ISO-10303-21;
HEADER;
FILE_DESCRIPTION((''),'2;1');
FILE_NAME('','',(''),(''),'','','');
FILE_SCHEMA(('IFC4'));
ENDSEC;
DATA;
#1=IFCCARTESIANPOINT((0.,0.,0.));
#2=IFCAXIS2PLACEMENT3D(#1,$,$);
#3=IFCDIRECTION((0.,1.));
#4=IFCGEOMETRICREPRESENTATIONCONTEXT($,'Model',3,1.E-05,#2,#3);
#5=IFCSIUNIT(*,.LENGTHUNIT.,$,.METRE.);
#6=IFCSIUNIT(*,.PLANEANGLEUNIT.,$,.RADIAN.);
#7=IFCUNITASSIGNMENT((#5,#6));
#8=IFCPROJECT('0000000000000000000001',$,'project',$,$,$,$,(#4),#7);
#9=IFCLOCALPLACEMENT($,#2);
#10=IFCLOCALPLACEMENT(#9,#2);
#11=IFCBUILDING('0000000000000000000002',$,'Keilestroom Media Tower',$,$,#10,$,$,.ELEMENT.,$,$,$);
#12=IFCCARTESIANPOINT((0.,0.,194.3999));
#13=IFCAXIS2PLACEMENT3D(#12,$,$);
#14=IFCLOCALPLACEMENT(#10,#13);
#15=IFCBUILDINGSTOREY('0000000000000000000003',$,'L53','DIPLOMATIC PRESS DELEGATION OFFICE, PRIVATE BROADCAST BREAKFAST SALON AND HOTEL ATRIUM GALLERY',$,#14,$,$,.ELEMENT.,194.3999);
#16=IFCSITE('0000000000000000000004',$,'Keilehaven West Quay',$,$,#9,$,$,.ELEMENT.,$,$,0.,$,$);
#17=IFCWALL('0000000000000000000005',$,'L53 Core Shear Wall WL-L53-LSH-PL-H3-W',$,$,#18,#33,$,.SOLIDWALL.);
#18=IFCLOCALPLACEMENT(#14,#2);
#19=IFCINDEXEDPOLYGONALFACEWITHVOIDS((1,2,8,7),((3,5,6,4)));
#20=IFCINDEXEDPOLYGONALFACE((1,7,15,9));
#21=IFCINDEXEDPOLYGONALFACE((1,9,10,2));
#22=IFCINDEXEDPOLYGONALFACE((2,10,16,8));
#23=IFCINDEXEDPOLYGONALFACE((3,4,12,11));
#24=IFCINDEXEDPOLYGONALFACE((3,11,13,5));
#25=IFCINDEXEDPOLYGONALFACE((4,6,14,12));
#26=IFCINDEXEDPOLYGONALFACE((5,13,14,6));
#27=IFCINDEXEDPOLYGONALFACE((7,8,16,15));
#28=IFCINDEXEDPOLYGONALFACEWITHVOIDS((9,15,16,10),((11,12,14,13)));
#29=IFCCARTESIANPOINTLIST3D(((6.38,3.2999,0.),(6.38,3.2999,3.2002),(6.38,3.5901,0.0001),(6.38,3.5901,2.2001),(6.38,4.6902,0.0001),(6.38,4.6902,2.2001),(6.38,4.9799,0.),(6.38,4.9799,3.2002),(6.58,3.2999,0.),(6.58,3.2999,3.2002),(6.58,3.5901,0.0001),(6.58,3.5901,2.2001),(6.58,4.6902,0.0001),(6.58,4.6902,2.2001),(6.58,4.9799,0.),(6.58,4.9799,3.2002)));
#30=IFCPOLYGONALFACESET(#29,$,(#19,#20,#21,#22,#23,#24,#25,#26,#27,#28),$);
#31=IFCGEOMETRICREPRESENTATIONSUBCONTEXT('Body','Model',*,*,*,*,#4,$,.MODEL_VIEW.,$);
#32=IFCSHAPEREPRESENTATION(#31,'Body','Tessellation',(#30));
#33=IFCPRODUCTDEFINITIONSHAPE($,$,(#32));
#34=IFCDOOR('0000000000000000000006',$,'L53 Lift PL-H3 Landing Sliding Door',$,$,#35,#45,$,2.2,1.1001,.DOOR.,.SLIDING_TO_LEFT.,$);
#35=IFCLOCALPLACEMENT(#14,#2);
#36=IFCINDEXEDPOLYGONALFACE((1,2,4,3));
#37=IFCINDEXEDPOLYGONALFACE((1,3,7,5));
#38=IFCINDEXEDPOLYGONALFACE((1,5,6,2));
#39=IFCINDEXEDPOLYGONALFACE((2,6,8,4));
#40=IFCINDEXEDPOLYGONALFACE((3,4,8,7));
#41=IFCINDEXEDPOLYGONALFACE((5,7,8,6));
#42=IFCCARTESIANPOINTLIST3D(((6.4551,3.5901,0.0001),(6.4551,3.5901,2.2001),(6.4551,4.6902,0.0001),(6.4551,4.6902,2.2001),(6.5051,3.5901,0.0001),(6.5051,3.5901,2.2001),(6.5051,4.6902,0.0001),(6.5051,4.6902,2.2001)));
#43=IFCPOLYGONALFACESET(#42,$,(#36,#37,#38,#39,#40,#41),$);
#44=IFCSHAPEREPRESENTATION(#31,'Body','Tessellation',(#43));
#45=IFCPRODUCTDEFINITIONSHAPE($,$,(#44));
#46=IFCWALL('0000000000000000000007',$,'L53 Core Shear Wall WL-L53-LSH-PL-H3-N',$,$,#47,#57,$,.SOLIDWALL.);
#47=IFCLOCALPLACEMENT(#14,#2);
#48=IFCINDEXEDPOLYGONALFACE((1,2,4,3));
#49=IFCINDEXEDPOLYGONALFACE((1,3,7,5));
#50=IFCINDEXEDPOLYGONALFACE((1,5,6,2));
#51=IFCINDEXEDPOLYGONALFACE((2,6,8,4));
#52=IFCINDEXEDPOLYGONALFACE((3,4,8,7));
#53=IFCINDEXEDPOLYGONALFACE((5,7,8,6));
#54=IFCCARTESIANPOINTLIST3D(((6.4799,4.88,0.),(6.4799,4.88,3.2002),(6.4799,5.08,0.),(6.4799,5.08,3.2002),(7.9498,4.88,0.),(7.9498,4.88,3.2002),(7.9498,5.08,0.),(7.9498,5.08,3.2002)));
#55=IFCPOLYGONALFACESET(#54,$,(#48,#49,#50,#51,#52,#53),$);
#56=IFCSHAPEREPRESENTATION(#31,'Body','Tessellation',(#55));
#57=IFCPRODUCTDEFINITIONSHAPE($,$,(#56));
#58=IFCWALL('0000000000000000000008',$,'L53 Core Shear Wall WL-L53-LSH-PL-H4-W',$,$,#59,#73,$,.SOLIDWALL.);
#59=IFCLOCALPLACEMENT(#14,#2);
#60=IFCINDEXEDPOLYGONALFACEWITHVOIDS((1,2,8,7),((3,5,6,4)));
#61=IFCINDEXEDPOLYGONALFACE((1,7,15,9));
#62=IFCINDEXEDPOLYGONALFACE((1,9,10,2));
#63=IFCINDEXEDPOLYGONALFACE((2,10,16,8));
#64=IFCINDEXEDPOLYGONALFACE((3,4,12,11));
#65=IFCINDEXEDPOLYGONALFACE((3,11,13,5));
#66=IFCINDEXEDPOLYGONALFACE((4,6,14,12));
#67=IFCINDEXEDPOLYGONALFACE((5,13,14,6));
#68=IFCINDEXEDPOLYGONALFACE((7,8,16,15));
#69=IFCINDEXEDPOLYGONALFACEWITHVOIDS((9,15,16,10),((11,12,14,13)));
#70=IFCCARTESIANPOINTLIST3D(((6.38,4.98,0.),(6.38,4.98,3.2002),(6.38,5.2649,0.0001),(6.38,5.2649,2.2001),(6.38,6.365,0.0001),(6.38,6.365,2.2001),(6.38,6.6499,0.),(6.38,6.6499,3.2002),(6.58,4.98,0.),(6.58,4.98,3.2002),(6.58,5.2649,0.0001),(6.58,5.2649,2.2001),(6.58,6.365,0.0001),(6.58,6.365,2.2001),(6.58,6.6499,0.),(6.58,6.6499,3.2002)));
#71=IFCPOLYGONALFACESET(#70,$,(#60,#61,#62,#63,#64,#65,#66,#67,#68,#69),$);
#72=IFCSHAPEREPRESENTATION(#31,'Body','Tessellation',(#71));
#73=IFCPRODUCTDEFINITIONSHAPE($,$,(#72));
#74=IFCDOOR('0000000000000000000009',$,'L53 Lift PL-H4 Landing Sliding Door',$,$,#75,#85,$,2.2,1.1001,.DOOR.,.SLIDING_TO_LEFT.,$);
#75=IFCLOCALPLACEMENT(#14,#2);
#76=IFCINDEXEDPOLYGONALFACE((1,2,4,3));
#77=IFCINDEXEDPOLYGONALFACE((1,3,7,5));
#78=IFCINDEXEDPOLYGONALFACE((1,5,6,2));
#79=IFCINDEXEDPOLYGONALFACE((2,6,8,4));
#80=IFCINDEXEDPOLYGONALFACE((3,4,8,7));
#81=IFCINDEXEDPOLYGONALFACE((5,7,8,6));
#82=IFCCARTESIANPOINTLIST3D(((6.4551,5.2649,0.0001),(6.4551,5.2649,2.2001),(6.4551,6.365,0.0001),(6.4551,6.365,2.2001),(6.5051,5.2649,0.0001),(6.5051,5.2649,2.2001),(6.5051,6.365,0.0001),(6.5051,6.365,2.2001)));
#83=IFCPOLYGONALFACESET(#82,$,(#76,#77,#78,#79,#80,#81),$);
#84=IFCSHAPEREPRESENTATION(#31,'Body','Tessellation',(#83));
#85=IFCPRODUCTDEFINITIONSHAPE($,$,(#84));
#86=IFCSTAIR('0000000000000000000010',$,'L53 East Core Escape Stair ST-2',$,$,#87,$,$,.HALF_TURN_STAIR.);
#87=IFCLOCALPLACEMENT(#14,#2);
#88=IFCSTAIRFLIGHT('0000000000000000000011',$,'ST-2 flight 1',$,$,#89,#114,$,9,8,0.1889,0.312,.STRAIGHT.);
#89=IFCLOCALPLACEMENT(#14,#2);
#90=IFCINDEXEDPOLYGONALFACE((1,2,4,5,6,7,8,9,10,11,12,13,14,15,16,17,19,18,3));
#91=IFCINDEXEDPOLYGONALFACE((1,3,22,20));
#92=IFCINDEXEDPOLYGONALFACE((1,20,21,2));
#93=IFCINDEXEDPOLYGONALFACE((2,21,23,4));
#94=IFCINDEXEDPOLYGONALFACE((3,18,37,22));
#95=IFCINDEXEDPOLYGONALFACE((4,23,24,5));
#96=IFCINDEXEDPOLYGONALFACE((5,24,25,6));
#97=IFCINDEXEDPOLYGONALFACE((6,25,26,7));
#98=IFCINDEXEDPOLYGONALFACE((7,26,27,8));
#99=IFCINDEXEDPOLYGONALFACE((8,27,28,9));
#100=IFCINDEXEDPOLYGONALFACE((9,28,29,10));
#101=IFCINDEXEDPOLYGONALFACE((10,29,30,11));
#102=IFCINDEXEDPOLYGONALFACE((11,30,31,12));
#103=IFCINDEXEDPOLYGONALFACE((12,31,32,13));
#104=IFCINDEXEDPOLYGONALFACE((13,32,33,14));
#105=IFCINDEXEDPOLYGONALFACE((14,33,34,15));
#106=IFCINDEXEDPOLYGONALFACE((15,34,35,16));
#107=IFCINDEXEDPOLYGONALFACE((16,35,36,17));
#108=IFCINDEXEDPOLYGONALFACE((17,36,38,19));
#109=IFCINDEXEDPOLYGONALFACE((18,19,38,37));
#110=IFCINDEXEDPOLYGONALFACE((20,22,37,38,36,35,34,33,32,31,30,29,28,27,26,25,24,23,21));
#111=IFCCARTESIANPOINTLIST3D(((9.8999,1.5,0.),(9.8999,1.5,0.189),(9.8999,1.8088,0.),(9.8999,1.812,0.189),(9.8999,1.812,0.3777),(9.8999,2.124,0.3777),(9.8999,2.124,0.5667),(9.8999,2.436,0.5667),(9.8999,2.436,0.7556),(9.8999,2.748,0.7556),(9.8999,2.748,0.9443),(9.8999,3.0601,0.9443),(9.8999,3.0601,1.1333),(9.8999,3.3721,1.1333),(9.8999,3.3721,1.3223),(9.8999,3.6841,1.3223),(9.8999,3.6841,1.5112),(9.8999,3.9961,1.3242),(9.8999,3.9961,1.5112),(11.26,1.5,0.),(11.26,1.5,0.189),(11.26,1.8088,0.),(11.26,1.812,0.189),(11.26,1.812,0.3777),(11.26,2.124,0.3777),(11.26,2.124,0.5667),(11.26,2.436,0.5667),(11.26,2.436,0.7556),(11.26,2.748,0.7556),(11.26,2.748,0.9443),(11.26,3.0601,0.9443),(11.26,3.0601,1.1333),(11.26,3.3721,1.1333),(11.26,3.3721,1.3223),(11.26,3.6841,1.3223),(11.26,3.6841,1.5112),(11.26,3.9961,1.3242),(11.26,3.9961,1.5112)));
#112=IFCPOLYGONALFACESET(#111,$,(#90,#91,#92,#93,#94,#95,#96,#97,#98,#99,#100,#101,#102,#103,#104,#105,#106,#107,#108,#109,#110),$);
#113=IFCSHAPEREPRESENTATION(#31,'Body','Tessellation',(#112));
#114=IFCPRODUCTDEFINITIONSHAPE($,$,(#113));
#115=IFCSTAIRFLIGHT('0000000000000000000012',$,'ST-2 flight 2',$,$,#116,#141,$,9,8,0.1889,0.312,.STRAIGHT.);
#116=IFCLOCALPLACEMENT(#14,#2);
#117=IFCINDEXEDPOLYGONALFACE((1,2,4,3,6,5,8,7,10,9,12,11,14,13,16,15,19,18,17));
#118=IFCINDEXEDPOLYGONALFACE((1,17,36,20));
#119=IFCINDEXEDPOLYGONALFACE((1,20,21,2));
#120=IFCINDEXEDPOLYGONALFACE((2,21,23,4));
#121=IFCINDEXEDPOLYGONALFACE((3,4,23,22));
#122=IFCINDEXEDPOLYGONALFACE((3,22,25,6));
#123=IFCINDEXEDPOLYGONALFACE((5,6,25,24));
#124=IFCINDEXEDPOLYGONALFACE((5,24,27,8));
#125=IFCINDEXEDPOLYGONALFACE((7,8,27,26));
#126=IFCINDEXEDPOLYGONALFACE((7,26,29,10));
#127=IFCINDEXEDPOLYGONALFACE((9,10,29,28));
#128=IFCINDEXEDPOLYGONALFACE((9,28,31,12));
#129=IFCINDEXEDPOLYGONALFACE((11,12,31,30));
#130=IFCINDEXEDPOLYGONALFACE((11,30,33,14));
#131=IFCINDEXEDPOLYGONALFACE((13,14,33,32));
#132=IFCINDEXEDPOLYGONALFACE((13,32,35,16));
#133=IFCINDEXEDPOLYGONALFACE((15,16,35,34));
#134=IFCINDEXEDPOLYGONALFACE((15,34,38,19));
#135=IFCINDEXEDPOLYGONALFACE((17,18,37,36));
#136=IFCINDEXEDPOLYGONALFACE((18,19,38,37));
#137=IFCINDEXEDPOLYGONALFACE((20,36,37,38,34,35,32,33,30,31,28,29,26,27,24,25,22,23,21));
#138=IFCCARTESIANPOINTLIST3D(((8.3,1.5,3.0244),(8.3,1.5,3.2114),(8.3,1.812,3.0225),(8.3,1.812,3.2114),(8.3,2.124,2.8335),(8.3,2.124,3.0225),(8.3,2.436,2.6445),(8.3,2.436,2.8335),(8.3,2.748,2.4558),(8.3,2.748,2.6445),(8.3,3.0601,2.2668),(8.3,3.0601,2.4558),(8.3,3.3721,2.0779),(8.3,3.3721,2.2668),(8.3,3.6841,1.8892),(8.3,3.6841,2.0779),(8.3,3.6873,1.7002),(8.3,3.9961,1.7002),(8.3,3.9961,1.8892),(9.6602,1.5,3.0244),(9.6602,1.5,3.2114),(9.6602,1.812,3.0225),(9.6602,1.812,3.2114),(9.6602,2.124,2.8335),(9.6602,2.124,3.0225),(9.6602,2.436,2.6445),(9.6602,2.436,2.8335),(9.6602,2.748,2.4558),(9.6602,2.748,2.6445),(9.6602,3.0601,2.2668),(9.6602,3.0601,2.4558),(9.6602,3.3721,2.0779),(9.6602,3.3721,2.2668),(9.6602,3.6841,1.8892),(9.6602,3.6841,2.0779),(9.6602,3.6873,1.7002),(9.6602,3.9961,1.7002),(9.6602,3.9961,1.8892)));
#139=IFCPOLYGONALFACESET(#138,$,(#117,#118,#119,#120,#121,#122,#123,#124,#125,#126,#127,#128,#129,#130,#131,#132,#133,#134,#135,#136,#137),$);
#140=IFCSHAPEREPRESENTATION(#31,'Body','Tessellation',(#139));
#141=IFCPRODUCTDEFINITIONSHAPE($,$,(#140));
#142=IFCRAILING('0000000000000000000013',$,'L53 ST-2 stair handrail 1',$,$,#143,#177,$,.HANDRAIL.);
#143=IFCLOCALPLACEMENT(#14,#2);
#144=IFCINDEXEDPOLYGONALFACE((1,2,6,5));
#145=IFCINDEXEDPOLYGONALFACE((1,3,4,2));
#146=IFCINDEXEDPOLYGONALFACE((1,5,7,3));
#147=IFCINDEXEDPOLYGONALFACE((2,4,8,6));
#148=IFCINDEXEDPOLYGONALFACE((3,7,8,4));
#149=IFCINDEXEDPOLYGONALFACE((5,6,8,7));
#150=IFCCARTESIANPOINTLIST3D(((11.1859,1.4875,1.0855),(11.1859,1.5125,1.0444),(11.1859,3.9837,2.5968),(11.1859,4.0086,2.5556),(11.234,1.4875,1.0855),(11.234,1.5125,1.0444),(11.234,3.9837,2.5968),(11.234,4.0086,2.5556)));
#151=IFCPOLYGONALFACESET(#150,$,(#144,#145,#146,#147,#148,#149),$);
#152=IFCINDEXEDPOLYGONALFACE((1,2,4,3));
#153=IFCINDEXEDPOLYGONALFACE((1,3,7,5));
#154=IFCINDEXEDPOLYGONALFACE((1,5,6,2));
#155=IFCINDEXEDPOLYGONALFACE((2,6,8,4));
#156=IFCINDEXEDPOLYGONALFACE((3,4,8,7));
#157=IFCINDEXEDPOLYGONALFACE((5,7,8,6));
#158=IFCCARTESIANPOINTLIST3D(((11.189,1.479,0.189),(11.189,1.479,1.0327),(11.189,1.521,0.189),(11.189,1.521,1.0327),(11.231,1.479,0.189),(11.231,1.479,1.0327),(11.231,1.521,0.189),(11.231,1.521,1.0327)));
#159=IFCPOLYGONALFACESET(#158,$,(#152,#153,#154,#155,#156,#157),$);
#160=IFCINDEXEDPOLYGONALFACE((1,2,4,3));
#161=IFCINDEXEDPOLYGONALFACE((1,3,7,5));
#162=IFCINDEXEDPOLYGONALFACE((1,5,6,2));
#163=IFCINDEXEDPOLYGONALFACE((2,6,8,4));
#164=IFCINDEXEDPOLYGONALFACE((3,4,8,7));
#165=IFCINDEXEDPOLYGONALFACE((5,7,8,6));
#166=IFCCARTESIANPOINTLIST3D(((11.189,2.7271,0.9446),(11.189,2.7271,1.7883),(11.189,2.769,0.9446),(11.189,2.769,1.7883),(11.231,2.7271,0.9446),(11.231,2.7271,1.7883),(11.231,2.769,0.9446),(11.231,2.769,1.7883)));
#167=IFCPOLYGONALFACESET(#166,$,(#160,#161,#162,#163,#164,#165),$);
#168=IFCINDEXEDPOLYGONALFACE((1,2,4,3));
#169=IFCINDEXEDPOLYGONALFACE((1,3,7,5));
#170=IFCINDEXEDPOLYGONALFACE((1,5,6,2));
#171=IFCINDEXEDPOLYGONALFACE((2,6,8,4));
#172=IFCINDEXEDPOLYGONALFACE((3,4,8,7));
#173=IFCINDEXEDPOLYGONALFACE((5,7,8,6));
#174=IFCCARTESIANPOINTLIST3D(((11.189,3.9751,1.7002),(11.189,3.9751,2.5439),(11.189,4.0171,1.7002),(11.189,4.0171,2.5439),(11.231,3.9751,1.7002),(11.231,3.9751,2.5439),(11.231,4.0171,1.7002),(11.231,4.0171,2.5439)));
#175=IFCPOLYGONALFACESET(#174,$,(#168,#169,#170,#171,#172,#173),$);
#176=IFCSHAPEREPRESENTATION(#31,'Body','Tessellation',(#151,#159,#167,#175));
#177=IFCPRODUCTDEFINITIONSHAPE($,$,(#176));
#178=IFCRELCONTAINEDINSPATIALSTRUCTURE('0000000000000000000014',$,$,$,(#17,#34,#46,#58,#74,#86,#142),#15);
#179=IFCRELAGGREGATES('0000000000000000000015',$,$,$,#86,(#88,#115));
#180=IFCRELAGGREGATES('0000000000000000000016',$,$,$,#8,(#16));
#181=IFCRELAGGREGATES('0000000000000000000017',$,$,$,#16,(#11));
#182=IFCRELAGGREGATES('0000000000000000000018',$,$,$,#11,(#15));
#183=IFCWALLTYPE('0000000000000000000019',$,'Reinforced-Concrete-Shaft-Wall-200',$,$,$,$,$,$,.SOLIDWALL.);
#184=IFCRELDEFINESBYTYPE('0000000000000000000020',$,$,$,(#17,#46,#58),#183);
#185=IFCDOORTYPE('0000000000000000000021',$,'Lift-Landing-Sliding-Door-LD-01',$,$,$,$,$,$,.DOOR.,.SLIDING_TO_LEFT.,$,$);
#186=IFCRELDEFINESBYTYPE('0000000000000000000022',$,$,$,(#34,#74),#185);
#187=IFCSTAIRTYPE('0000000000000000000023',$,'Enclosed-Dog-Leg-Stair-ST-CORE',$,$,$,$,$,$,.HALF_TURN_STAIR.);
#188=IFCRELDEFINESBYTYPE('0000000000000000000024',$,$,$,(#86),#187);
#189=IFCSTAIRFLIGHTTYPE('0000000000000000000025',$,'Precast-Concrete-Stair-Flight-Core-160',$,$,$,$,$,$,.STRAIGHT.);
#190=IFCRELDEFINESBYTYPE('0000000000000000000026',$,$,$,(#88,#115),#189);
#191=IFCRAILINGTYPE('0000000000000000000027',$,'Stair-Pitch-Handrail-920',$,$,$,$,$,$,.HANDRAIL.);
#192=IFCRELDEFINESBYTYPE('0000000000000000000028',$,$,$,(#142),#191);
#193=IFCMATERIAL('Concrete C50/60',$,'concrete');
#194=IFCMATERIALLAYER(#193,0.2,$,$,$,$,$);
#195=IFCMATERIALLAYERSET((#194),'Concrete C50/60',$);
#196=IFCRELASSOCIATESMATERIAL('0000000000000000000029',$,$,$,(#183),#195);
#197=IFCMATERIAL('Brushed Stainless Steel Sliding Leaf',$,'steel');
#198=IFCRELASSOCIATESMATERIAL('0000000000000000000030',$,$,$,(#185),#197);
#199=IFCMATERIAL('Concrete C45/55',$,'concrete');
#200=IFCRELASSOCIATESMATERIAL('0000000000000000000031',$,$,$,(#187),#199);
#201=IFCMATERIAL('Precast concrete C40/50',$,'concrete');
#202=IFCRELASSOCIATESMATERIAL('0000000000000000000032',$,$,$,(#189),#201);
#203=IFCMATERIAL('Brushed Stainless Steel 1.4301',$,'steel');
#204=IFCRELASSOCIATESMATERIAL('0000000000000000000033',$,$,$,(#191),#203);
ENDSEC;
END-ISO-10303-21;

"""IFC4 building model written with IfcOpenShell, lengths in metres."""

from ifc_helpers import new_model, si_unit, direction, frame, frame_2d, origin, origin_2d, place, context, subcontext, project, spatial, polyline, rectangle, outline, extrude, source, transform, mapped, material, layer, layer_set, type_object, element, fill, aggregate, save


model = new_model("IFC4")

# Units and contexts
model_context = context("Model", 3, precision=1e-05, world=origin(), true_north=direction((0.0, 1.0)))
body_context = subcontext(model_context, "Body", "Model", "MODEL_VIEW")
ifc_project = project(units=[si_unit("LENGTHUNIT", "METRE"), si_unit("PLANEANGLEUNIT", "RADIAN")], contexts=[model_context])

# Site, building, storey
site_placement = place(None, origin())
site = spatial("IfcSite", under=ifc_project, at=site_placement, Name="Keilehaven West Quay", CompositionType="ELEMENT", RefElevation=0.0)
building_placement = place(site_placement, origin())
building = spatial("IfcBuilding", under=site, at=building_placement, Name="Keilestroom Media Tower", CompositionType="ELEMENT")
storey_placement = place(building_placement, frame((0.0, 0.0, 194.3999)))
storey = spatial("IfcBuildingStorey", under=building, at=storey_placement, Name="L53", Description="DIPLOMATIC PRESS DELEGATION OFFICE, PRIVATE BROADCAST BREAKFAST SALON AND HOTEL ATRIUM GALLERY", CompositionType="ELEMENT", Elevation=194.3999)

# Shared definitions
ifc_material_1 = material(Name="Concrete C50/60", Category="concrete")
ifc_layer_1 = layer(ifc_material_1, 0.2)
ifc_layer_set_1 = layer_set([ifc_layer_1], Name="Concrete C50/60")
wall_type_1 = type_object("IfcWallType", Name="Reinforced-Concrete-Shaft-Wall-200", PredefinedType="SOLIDWALL", material=ifc_layer_set_1)

# Wall, opening, door
wall_1_placement = place(storey_placement, frame((6.48, 3.3, 0.0), z_axis=(0.0, 0.0, 1.0), x_axis=(0.0, 1.0, 0.0)))
wall_1 = element("IfcWall", 1, at=wall_1_placement, inside=storey, type_object=wall_type_1, Name="L53 Core Shear Wall WL-L53-LSH-PL-H3-W", PredefinedType="SOLIDWALL", context=body_context, shape_type="SweptSolid", body=[
    extrude(rectangle(XDim=1.6799, YDim=0.2, at=frame_2d((0.8398, 0.0))), origin(), (0.0, 0.0, 1.0), 3.2002),
])
opening_1_placement = place(wall_1_placement, frame((0.29, 0.0, 0.0)))
opening_1 = element("IfcOpeningElement", 2, at=opening_1_placement, cuts=wall_1, PredefinedType="OPENING", context=body_context, shape_type="SweptSolid", body=[
    extrude(rectangle(XDim=1.1001, YDim=2.2, at=frame_2d((0.55, 1.1001))), frame((0.0, 0.1099, 0.0), z_axis=(0.0, -1.0, 0.0), x_axis=(1.0, 0.0, 0.0)), (0.0, 0.0, 1.0), 0.22),
])
ifc_material_2 = material(Name="Brushed Stainless Steel Sliding Leaf", Category="steel")
door_type_1 = type_object("IfcDoorType", Name="Lift-Landing-Sliding-Door-LD-01", OperationType="SLIDING_TO_LEFT", PredefinedType="DOOR", material=ifc_material_2)
shared_shape_1 = source(origin(), body_context, "Body", "SweptSolid", [
    extrude(rectangle(XDim=1.1001, YDim=2.2, at=frame_2d((0.55, 1.1001))), frame((0.0, 0.0249, 0.0), z_axis=(0.0, -1.0, 0.0), x_axis=(1.0, 0.0, 0.0)), (0.0, 0.0, 1.0), 0.05),
])
door_1_placement = place(opening_1_placement, origin())
door_1 = element("IfcDoor", 3, at=door_1_placement, inside=storey, type_object=door_type_1, Name="L53 Lift PL-H3 Landing Sliding Door", OperationType="SLIDING_TO_LEFT", OverallHeight=2.2, OverallWidth=1.1001, PredefinedType="DOOR", context=body_context, shape_type="MappedRepresentation", body=[
    mapped(shared_shape_1, transform((0.0, 0.0, 0.0), x_axis=(1.0, 0.0, 0.0), y_axis=(0.0, 1.0, 0.0), z_axis=(0.0, 0.0, 1.0), scale=1.0)),
])
fill(opening_1, door_1)

# Wall
wall_2_placement = place(storey_placement, frame((6.48, 4.98, 0.0), z_axis=(0.0, 0.0, 1.0), x_axis=(1.0, 0.0, 0.0)))
element("IfcWall", 4, at=wall_2_placement, inside=storey, type_object=wall_type_1, Name="L53 Core Shear Wall WL-L53-LSH-PL-H3-N", PredefinedType="SOLIDWALL", context=body_context, shape_type="SweptSolid", body=[
    extrude(rectangle(XDim=1.47, YDim=0.2, at=frame_2d((0.7349, 0.0))), origin(), (0.0, 0.0, 1.0), 3.2002),
])

# Wall, opening, door
wall_3_placement = place(storey_placement, frame((6.48, 4.98, 0.0), z_axis=(0.0, 0.0, 1.0), x_axis=(0.0, 1.0, 0.0)))
wall_3 = element("IfcWall", 5, at=wall_3_placement, inside=storey, type_object=wall_type_1, Name="L53 Core Shear Wall WL-L53-LSH-PL-H4-W", PredefinedType="SOLIDWALL", context=body_context, shape_type="SweptSolid", body=[
    extrude(rectangle(XDim=1.6699, YDim=0.2, at=frame_2d((0.835, 0.0))), origin(), (0.0, 0.0, 1.0), 3.2002),
])
opening_2_placement = place(wall_3_placement, frame((0.2849, 0.0, 0.0)))
opening_2 = element("IfcOpeningElement", 6, at=opening_2_placement, cuts=wall_3, PredefinedType="OPENING", context=body_context, shape_type="SweptSolid", body=[
    extrude(rectangle(XDim=1.1001, YDim=2.2, at=frame_2d((0.55, 1.1001))), frame((0.0, 0.1099, 0.0), z_axis=(0.0, -1.0, 0.0), x_axis=(1.0, 0.0, 0.0)), (0.0, 0.0, 1.0), 0.22),
])
door_2_placement = place(opening_2_placement, origin())
door_2 = element("IfcDoor", 7, at=door_2_placement, inside=storey, type_object=door_type_1, Name="L53 Lift PL-H4 Landing Sliding Door", OperationType="SLIDING_TO_LEFT", OverallHeight=2.2, OverallWidth=1.1001, PredefinedType="DOOR", context=body_context, shape_type="MappedRepresentation", body=[
    mapped(shared_shape_1, transform((0.0, 0.0, 0.0), x_axis=(1.0, 0.0, 0.0), y_axis=(0.0, 1.0, 0.0), z_axis=(0.0, 0.0, 1.0), scale=1.0)),
])
fill(opening_2, door_2)

# Stair, stair flights
ifc_material_3 = material(Name="Concrete C45/55", Category="concrete")
stair_type = type_object("IfcStairType", Name="Enclosed-Dog-Leg-Stair-ST-CORE", PredefinedType="HALF_TURN_STAIR", material=ifc_material_3)
stair_placement = place(storey_placement, origin())
stair = element("IfcStair", 8, at=stair_placement, inside=storey, type_object=stair_type, Name="L53 East Core Escape Stair ST-2", PredefinedType="HALF_TURN_STAIR")
ifc_material_4 = material(Name="Precast concrete C40/50", Category="concrete")
stair_flight_type = type_object("IfcStairFlightType", Name="Precast-Concrete-Stair-Flight-Core-160", PredefinedType="STRAIGHT", material=ifc_material_4)
stair_flight_1_placement = place(storey_placement, frame((10.5801, 1.5, 0.0), z_axis=(0.0, 0.0, 1.0), x_axis=(0.0, 1.0, 0.0)))
stair_flight_1 = element("IfcStairFlight", 9, at=stair_flight_1_placement, type_object=stair_flight_type, Name="ST-2 flight 1", NumberOfRisers=9, NumberOfTreads=8, PredefinedType="STRAIGHT", RiserHeight=0.1889, TreadLength=0.312, context=body_context, shape_type="SweptSolid", body=[
    extrude(outline(polyline([(0.0, 0.0), (0.0, 0.189), (0.312, 0.189), (0.312, 0.3777), (0.624, 0.3777), (0.624, 0.5667), (0.936, 0.5667), (0.936, 0.7556), (1.248, 0.7556), (1.248, 0.9443), (1.5601, 0.9443), (1.5601, 1.1333), (1.8721, 1.1333), (1.8721, 1.3223), (2.1841, 1.3223), (2.1841, 1.5112), (2.4961, 1.5112), (2.4961, 1.7), (2.4961, 1.3242), (0.3088, 0.0), (0.0, 0.0)])), frame((0.0, 0.6802, 0.0), z_axis=(0.0, -1.0, 0.0), x_axis=(1.0, 0.0, 0.0)), (0.0, 0.0, 1.0), 1.3601),
])
stair_flight_2_placement = place(storey_placement, frame((8.98, 3.9961, 1.7002), z_axis=(0.0, 0.0, 1.0), x_axis=(0.0, -1.0, 0.0)))
stair_flight_2 = element("IfcStairFlight", 10, at=stair_flight_2_placement, type_object=stair_flight_type, Name="ST-2 flight 2", NumberOfRisers=9, NumberOfTreads=8, PredefinedType="STRAIGHT", RiserHeight=0.1889, TreadLength=0.312, context=body_context, shape_type="SweptSolid", body=[
    extrude(outline(polyline([(0.0, 0.0), (0.0, 0.189), (0.312, 0.189), (0.312, 0.3777), (0.624, 0.3777), (0.624, 0.5667), (0.936, 0.5667), (0.936, 0.7556), (1.248, 0.7556), (1.248, 0.9443), (1.5601, 0.9443), (1.5601, 1.1333), (1.8721, 1.1333), (1.8721, 1.3223), (2.1841, 1.3223), (2.1841, 1.5112), (2.4961, 1.5112), (2.4961, 1.7), (2.4961, 1.3242), (0.3088, 0.0), (0.0, 0.0)])), frame((0.0, 0.6802, 0.0), z_axis=(0.0, -1.0, 0.0), x_axis=(1.0, 0.0, 0.0)), (0.0, 0.0, 1.0), 1.3601),
])
aggregate(stair, [stair_flight_1, stair_flight_2])

# Railing
ifc_material_5 = material(Name="Brushed Stainless Steel 1.4301", Category="steel")
railing_type_1 = type_object("IfcRailingType", Name="Stair-Pitch-Handrail-920", PredefinedType="HANDRAIL", material=ifc_material_5)
railing_1_placement = place(storey_placement, frame((11.21, 1.5, 0.189)))
element("IfcRailing", 11, at=railing_1_placement, inside=storey, type_object=railing_type_1, Name="L53 ST-2 stair handrail 1", PredefinedType="HANDRAIL", context=body_context, shape_type="SweptSolid", body=[
    extrude(rectangle(XDim=0.0481, YDim=0.0481, at=origin_2d()), frame((0.0, 0.0, 0.876), z_axis=(0.0, 0.855434, 0.517912), x_axis=(-1.0, 0.0, 0.0)), (0.0, 0.0, 1.0), 2.918),
    extrude(rectangle(XDim=0.042, YDim=0.042, at=origin_2d()), origin(), (0.0, 0.0, 1.0), 0.8438),
    extrude(rectangle(XDim=0.042, YDim=0.042, at=origin_2d()), frame((0.0, 1.248, 0.7556)), (0.0, 0.0, 1.0), 0.8438),
    extrude(rectangle(XDim=0.042, YDim=0.042, at=origin_2d()), frame((0.0, 2.4961, 1.5112)), (0.0, 0.0, 1.0), 0.8438),
])

save(model, "model.ifc")
